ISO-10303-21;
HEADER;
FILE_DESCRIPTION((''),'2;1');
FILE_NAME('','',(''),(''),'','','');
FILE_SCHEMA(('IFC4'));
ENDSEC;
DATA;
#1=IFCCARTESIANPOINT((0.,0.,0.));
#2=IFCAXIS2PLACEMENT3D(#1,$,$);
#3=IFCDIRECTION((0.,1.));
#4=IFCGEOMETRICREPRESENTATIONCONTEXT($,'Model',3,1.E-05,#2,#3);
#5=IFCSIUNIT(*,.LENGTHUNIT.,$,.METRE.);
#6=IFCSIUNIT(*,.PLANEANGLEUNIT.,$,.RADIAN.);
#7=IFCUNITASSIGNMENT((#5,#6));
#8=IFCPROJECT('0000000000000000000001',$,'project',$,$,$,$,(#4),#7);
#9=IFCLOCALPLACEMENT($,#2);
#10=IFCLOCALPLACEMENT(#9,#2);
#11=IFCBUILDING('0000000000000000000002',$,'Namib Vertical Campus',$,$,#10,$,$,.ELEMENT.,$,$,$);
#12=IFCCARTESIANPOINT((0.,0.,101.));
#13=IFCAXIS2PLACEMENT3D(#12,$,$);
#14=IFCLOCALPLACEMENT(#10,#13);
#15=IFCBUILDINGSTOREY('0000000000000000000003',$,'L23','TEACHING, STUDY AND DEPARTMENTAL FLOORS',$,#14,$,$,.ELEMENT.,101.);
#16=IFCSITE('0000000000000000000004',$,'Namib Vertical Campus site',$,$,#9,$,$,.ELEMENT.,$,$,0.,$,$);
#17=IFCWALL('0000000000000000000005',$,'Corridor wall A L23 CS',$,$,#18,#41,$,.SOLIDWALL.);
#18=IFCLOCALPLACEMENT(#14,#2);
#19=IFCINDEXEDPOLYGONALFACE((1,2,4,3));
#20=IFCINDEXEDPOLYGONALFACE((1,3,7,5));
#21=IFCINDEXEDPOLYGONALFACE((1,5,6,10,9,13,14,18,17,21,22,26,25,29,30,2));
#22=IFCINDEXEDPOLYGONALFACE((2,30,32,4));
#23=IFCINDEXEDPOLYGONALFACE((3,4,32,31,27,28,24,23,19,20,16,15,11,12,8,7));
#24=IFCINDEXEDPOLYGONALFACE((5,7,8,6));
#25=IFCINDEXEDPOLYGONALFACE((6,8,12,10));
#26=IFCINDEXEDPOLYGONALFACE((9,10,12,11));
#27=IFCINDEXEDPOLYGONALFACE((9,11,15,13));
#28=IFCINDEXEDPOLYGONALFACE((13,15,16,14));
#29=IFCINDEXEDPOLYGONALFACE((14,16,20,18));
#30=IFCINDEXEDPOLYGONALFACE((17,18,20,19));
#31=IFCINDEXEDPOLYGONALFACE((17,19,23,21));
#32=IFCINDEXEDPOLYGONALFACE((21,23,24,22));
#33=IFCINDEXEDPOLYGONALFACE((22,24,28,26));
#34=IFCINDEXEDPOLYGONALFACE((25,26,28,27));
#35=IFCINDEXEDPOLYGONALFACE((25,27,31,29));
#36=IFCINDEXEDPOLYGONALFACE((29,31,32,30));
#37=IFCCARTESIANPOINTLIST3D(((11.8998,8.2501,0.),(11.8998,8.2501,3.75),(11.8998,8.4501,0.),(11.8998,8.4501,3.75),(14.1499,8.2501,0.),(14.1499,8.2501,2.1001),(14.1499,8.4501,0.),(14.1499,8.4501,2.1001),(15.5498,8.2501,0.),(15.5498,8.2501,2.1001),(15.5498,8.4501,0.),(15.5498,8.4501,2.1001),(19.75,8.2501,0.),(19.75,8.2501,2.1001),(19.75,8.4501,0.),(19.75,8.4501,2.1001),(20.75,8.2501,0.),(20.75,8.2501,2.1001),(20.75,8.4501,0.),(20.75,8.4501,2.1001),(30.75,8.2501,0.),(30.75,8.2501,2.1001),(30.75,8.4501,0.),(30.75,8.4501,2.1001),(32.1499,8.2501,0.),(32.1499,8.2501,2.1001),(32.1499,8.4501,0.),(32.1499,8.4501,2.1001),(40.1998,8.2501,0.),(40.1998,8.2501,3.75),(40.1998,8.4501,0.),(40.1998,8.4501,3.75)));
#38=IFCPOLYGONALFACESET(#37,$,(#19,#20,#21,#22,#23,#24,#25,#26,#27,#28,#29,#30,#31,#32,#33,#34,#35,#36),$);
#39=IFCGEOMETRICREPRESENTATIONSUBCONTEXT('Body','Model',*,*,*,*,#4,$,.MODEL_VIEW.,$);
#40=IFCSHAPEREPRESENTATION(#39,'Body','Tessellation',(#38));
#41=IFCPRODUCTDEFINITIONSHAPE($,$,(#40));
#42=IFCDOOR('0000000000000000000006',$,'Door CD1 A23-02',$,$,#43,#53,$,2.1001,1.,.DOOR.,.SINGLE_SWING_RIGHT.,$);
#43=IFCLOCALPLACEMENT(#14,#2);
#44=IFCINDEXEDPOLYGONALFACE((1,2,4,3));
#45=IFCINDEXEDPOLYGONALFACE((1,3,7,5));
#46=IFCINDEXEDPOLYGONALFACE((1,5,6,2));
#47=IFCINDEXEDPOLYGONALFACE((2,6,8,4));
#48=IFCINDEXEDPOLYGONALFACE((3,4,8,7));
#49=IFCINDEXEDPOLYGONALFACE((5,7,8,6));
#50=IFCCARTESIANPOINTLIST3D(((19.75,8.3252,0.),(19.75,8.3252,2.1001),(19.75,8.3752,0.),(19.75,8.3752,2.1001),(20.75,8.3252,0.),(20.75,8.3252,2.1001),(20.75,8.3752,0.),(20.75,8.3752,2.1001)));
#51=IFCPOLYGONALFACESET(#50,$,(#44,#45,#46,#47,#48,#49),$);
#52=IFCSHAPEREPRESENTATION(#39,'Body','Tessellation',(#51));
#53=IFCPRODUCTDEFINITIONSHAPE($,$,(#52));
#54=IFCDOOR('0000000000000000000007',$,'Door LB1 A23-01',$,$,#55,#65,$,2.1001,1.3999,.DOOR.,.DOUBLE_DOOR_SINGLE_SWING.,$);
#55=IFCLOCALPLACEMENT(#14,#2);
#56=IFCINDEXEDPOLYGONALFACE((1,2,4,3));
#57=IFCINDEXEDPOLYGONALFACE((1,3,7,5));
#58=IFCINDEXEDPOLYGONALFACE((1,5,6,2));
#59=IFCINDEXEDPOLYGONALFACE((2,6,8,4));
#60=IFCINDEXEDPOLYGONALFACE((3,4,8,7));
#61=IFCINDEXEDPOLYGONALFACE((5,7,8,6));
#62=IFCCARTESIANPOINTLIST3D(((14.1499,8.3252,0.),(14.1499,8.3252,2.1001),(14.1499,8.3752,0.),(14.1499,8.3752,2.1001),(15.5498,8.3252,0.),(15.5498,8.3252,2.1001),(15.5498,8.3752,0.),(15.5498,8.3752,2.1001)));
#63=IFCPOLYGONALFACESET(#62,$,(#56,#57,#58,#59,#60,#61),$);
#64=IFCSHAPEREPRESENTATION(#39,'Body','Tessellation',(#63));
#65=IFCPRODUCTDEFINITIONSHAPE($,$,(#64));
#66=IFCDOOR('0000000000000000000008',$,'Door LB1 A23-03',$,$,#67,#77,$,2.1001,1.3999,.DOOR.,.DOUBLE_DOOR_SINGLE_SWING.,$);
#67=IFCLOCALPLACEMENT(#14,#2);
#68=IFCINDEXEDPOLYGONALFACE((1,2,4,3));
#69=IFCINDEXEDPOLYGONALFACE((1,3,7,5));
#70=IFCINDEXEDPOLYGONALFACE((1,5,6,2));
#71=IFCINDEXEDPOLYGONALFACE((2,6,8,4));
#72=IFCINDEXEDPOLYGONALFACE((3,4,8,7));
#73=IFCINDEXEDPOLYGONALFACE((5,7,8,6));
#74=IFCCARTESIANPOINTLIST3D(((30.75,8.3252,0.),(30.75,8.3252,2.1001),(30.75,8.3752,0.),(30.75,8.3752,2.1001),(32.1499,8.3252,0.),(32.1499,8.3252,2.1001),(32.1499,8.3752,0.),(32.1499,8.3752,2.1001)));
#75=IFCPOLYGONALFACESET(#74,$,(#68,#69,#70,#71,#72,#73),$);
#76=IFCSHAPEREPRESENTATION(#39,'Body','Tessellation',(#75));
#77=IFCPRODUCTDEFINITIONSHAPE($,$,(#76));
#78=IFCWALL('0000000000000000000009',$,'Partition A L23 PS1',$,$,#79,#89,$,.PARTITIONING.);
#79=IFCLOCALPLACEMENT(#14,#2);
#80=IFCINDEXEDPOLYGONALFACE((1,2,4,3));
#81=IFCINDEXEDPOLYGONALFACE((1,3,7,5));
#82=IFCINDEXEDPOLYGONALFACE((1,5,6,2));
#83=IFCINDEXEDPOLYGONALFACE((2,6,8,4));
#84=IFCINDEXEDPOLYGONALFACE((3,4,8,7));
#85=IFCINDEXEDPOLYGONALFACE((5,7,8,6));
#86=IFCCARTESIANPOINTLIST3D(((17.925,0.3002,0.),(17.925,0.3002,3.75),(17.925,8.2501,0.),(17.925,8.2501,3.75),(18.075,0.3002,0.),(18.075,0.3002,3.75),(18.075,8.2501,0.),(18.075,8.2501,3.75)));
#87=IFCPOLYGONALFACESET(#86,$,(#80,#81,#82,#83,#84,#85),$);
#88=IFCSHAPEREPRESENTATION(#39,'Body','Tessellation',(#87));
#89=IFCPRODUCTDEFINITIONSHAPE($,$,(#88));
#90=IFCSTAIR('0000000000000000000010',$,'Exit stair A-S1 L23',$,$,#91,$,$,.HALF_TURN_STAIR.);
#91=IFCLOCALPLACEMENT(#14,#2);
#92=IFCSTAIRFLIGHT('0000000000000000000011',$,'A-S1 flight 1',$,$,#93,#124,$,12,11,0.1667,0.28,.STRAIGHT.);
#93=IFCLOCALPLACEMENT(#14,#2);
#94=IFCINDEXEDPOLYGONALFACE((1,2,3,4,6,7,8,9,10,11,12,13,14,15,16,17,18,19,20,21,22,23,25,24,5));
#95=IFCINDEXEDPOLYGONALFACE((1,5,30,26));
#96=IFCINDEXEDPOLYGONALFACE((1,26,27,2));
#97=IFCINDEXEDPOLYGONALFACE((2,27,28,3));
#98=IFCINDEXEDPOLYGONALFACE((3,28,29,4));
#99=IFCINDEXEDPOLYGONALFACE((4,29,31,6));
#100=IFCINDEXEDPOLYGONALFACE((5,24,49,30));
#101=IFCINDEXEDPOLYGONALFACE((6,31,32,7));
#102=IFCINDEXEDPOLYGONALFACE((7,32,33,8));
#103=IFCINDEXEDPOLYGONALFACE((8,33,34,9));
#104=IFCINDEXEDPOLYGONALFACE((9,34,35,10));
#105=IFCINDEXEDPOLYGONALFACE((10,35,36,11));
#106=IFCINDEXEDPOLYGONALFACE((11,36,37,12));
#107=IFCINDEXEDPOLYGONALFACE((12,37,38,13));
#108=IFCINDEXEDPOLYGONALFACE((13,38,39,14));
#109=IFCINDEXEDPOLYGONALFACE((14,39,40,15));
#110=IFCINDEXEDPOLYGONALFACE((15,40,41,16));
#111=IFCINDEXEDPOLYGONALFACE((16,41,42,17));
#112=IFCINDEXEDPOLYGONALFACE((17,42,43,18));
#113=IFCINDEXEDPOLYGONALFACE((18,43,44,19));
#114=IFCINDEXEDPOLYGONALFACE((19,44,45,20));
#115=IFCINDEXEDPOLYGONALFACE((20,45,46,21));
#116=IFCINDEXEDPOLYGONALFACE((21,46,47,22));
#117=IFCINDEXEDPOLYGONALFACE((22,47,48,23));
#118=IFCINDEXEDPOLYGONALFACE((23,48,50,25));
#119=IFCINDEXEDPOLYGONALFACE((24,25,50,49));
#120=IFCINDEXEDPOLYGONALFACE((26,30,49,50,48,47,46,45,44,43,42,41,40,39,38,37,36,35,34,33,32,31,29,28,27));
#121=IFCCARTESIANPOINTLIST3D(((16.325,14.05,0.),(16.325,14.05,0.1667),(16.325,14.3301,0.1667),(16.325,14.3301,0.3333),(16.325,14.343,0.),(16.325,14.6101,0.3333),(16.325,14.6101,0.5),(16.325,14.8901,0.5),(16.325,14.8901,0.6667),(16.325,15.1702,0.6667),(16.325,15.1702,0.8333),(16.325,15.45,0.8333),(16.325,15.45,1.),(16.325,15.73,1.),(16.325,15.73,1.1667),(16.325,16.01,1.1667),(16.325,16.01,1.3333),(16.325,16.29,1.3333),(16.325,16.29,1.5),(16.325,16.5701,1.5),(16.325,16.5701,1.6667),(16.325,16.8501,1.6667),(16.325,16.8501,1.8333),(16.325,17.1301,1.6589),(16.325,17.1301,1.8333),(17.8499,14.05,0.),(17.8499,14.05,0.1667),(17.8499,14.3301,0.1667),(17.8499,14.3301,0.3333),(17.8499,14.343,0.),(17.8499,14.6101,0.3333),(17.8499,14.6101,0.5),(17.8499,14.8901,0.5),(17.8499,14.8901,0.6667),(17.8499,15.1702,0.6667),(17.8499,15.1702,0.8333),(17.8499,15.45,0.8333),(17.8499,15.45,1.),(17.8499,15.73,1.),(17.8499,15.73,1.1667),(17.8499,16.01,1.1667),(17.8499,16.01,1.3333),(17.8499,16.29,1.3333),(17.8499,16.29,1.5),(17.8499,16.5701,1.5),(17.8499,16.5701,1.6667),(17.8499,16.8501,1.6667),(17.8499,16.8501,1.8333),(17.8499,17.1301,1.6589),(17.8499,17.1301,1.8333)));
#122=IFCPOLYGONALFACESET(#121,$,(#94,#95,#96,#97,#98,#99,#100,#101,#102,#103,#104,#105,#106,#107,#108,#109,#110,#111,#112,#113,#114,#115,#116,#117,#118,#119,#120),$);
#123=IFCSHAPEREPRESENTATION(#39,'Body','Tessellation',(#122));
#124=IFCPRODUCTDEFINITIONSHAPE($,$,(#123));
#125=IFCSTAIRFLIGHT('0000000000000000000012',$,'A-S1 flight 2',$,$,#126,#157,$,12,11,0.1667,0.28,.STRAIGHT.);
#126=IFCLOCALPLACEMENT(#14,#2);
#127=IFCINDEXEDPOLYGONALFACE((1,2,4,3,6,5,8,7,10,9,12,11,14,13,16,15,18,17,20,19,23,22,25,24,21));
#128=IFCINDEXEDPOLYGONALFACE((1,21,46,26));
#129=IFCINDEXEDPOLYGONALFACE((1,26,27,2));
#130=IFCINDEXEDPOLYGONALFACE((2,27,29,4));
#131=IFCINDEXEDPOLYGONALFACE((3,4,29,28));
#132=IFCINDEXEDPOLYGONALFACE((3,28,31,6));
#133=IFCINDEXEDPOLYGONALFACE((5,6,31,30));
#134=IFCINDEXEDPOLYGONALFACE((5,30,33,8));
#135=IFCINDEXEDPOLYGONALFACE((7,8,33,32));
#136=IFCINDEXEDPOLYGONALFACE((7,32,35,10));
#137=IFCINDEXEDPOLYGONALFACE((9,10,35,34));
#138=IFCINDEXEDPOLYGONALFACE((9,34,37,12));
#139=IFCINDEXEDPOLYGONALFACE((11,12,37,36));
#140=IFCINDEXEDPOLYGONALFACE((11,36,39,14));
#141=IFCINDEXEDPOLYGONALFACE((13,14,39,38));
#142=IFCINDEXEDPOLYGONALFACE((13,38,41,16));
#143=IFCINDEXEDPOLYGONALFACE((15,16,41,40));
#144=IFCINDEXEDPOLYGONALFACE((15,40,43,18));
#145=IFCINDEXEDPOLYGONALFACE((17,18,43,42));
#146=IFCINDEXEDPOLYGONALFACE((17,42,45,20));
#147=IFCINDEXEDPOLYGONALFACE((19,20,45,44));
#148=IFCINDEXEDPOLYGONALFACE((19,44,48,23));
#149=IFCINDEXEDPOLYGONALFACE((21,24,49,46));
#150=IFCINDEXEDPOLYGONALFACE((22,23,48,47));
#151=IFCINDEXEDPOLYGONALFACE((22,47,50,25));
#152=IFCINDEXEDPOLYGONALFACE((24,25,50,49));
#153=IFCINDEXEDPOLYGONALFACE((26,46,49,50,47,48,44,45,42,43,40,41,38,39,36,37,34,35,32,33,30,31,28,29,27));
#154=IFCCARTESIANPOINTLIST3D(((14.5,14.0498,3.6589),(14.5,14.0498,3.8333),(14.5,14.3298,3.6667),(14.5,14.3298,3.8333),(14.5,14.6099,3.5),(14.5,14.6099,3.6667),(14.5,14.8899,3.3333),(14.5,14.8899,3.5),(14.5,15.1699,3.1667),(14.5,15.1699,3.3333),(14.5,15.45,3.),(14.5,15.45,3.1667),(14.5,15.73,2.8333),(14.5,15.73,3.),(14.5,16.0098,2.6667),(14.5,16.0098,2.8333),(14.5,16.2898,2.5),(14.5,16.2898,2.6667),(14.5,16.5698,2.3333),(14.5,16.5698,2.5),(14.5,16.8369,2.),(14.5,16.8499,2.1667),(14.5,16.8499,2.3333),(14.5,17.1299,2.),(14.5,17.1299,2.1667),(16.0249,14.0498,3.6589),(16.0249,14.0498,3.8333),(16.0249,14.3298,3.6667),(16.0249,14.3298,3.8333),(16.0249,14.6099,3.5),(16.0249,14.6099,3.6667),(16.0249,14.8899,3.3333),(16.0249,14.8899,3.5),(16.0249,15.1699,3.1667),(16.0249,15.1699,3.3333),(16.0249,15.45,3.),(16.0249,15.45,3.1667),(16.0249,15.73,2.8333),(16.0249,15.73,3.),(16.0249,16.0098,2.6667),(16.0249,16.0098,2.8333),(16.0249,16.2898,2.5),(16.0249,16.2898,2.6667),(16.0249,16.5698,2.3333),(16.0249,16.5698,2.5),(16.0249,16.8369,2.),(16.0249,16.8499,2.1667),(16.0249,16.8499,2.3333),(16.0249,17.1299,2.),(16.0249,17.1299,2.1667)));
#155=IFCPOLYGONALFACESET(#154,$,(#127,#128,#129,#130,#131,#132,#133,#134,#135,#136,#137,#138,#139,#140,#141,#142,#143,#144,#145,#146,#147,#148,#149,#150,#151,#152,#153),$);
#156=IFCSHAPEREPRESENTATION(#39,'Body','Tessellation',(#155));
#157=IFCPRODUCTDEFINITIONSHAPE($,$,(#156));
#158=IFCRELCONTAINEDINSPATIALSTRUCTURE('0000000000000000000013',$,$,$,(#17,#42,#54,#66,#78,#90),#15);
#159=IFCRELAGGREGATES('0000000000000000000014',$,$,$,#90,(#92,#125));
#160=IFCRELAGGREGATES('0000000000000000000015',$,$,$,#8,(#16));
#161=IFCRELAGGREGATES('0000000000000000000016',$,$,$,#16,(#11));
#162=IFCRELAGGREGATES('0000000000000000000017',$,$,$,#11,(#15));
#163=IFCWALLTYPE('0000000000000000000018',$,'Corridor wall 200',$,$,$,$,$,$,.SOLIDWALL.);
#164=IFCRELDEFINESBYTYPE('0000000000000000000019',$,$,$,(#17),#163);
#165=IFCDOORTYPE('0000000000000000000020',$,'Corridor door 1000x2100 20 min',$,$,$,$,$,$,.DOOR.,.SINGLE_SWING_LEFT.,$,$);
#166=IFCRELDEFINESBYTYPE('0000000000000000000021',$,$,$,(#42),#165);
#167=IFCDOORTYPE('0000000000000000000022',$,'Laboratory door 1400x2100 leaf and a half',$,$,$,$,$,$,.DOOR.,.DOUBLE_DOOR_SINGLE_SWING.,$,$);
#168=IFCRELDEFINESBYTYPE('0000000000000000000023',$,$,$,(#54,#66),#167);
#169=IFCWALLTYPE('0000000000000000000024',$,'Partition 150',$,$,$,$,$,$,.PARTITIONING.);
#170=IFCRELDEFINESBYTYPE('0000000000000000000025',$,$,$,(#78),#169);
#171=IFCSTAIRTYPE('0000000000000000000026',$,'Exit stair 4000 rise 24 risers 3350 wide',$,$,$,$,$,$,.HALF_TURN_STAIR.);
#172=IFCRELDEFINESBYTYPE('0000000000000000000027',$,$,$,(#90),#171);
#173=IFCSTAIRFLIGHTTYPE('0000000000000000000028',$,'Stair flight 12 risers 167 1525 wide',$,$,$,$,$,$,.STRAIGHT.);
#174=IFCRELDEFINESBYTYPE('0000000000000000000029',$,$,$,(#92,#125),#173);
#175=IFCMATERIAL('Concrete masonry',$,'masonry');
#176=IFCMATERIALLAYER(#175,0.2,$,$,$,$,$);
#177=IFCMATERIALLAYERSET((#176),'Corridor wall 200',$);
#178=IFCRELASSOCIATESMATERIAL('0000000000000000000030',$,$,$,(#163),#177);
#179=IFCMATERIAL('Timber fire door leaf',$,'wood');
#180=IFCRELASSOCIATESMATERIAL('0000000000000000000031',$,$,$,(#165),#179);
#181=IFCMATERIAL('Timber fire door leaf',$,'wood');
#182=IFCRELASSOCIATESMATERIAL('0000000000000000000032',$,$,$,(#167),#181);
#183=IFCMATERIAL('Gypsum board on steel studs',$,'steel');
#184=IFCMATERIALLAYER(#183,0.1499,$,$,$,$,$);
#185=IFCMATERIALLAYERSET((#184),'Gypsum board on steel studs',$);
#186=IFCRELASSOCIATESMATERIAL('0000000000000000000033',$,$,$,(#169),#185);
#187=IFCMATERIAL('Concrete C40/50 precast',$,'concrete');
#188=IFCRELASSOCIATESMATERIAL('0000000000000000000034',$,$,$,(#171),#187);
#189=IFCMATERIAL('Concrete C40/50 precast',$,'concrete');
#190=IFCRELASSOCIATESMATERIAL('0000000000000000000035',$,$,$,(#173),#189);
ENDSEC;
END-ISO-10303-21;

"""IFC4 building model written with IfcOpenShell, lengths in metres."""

from ifc_helpers import new_model, si_unit, direction, frame, frame_2d, origin, place, context, subcontext, project, spatial, polyline, rectangle, outline, extrude, material, layer, layer_set, type_object, element, fill, aggregate, save


model = new_model("IFC4")

# Units and contexts
model_context = context("Model", 3, precision=1e-05, world=origin(), true_north=direction((0.0, 1.0)))
body_context = subcontext(model_context, "Body", "Model", "MODEL_VIEW")
ifc_project = project(units=[si_unit("LENGTHUNIT", "METRE"), si_unit("PLANEANGLEUNIT", "RADIAN")], contexts=[model_context])

# Site, building, storey
site_placement = place(None, origin())
site = spatial("IfcSite", under=ifc_project, at=site_placement, Name="Namib Vertical Campus site", CompositionType="ELEMENT", RefElevation=0.0)
building_placement = place(site_placement, origin())
building = spatial("IfcBuilding", under=site, at=building_placement, Name="Namib Vertical Campus", CompositionType="ELEMENT")
storey_placement = place(building_placement, frame((0.0, 0.0, 101.0)))
storey = spatial("IfcBuildingStorey", under=building, at=storey_placement, Name="L23", Description="TEACHING, STUDY AND DEPARTMENTAL FLOORS", CompositionType="ELEMENT", Elevation=101.0)

# Wall, openings, doors
ifc_material_1 = material(Name="Concrete masonry", Category="masonry")
ifc_layer_1 = layer(ifc_material_1, 0.2)
ifc_layer_set_1 = layer_set([ifc_layer_1], Name="Corridor wall 200")
wall_type_1 = type_object("IfcWallType", Name="Corridor wall 200", PredefinedType="SOLIDWALL", material=ifc_layer_set_1)
wall_1_placement = place(storey_placement, frame((11.8999, 8.3501, 0.0), z_axis=(0.0, 0.0, 1.0), x_axis=(1.0, 0.0, 0.0)))
wall_1 = element("IfcWall", 1, at=wall_1_placement, inside=storey, type_object=wall_type_1, Name="Corridor wall A L23 CS", PredefinedType="SOLIDWALL", context=body_context, shape_type="SweptSolid", body=[
    extrude(rectangle(XDim=28.3, YDim=0.2, at=frame_2d((14.1499, 0.0))), origin(), (0.0, 0.0, 1.0), 3.75),
])
opening_1_placement = place(wall_1_placement, frame((2.25, 0.0, 0.0)))
opening_1 = element("IfcOpeningElement", 2, at=opening_1_placement, cuts=wall_1, PredefinedType="OPENING", context=body_context, shape_type="SweptSolid", body=[
    extrude(rectangle(XDim=1.3999, YDim=2.1001, at=frame_2d((0.7, 1.05))), frame((0.0, 0.1099, 0.0), z_axis=(0.0, -1.0, 0.0), x_axis=(1.0, 0.0, 0.0)), (0.0, 0.0, 1.0), 0.22),
])
opening_2_placement = place(wall_1_placement, frame((7.8501, 0.0, 0.0)))
opening_2 = element("IfcOpeningElement", 3, at=opening_2_placement, cuts=wall_1, PredefinedType="OPENING", context=body_context, shape_type="SweptSolid", body=[
    extrude(rectangle(XDim=1.0, YDim=2.1001, at=frame_2d((0.5, 1.05))), frame((0.0, 0.1099, 0.0), z_axis=(0.0, -1.0, 0.0), x_axis=(1.0, 0.0, 0.0)), (0.0, 0.0, 1.0), 0.22),
])
opening_3_placement = place(wall_1_placement, frame((18.8501, 0.0, 0.0)))
opening_3 = element("IfcOpeningElement", 4, at=opening_3_placement, cuts=wall_1, PredefinedType="OPENING", context=body_context, shape_type="SweptSolid", body=[
    extrude(rectangle(XDim=1.3999, YDim=2.1001, at=frame_2d((0.7, 1.05))), frame((0.0, 0.1099, 0.0), z_axis=(0.0, -1.0, 0.0), x_axis=(1.0, 0.0, 0.0)), (0.0, 0.0, 1.0), 0.22),
])
ifc_material_2 = material(Name="Timber fire door leaf", Category="wood")
door_type_1 = type_object("IfcDoorType", Name="Corridor door 1000x2100 20 min", OperationType="SINGLE_SWING_LEFT", PredefinedType="DOOR", material=ifc_material_2)
door_1_placement = place(opening_2_placement, frame((1.0, 0.0, 0.0), z_axis=(0.0, 0.0, 1.0), x_axis=(-1.0, 0.0, 0.0)))
door_1 = element("IfcDoor", 5, at=door_1_placement, inside=storey, type_object=door_type_1, Name="Door CD1 A23-02", OperationType="SINGLE_SWING_RIGHT", OverallHeight=2.1001, OverallWidth=1.0, PredefinedType="DOOR", context=body_context, shape_type="SweptSolid", body=[
    extrude(rectangle(XDim=1.0, YDim=2.1001, at=frame_2d((0.5, 1.05))), frame((0.0, 0.0249, 0.0), z_axis=(0.0, -1.0, 0.0), x_axis=(1.0, 0.0, 0.0)), (0.0, 0.0, 1.0), 0.05),
])
fill(opening_2, door_1)
ifc_material_3 = material(Name="Timber fire door leaf", Category="wood")
door_type_2 = type_object("IfcDoorType", Name="Laboratory door 1400x2100 leaf and a half", OperationType="DOUBLE_DOOR_SINGLE_SWING", PredefinedType="DOOR", material=ifc_material_3)
door_2_placement = place(opening_1_placement, frame((1.3999, 0.0, 0.0), z_axis=(0.0, 0.0, 1.0), x_axis=(-1.0, 0.0, 0.0)))
door_2 = element("IfcDoor", 6, at=door_2_placement, inside=storey, type_object=door_type_2, Name="Door LB1 A23-01", OperationType="DOUBLE_DOOR_SINGLE_SWING", OverallHeight=2.1001, OverallWidth=1.3999, PredefinedType="DOOR", context=body_context, shape_type="SweptSolid", body=[
    extrude(rectangle(XDim=1.3999, YDim=2.1001, at=frame_2d((0.7, 1.05))), frame((0.0, 0.0249, 0.0), z_axis=(0.0, -1.0, 0.0), x_axis=(1.0, 0.0, 0.0)), (0.0, 0.0, 1.0), 0.05),
])
fill(opening_1, door_2)
door_3_placement = place(opening_3_placement, frame((1.3999, 0.0, 0.0), z_axis=(0.0, 0.0, 1.0), x_axis=(-1.0, 0.0, 0.0)))
door_3 = element("IfcDoor", 7, at=door_3_placement, inside=storey, type_object=door_type_2, Name="Door LB1 A23-03", OperationType="DOUBLE_DOOR_SINGLE_SWING", OverallHeight=2.1001, OverallWidth=1.3999, PredefinedType="DOOR", context=body_context, shape_type="SweptSolid", body=[
    extrude(rectangle(XDim=1.3999, YDim=2.1001, at=frame_2d((0.7, 1.05))), frame((0.0, 0.0249, 0.0), z_axis=(0.0, -1.0, 0.0), x_axis=(1.0, 0.0, 0.0)), (0.0, 0.0, 1.0), 0.05),
])
fill(opening_3, door_3)

# Wall
ifc_material_4 = material(Name="Gypsum board on steel studs", Category="steel")
ifc_layer_2 = layer(ifc_material_4, 0.1499)
ifc_layer_set_2 = layer_set([ifc_layer_2], Name="Gypsum board on steel studs")
wall_type_2 = type_object("IfcWallType", Name="Partition 150", PredefinedType="PARTITIONING", material=ifc_layer_set_2)
wall_2_placement = place(storey_placement, frame((18.0, 0.3, 0.0), z_axis=(0.0, 0.0, 1.0), x_axis=(0.0, 1.0, 0.0)))
element("IfcWall", 8, at=wall_2_placement, inside=storey, type_object=wall_type_2, Name="Partition A L23 PS1", PredefinedType="PARTITIONING", context=body_context, shape_type="SweptSolid", body=[
    extrude(rectangle(XDim=7.95, YDim=0.1499, at=frame_2d((3.9751, 0.0))), origin(), (0.0, 0.0, 1.0), 3.75),
])

# Stair, stair flights
ifc_material_5 = material(Name="Concrete C40/50 precast", Category="concrete")
stair_type = type_object("IfcStairType", Name="Exit stair 4000 rise 24 risers 3350 wide", PredefinedType="HALF_TURN_STAIR", material=ifc_material_5)
stair_placement = place(storey_placement, origin())
stair = element("IfcStair", 9, at=stair_placement, inside=storey, type_object=stair_type, Name="Exit stair A-S1 L23", PredefinedType="HALF_TURN_STAIR")
ifc_material_6 = material(Name="Concrete C40/50 precast", Category="concrete")
stair_flight_type = type_object("IfcStairFlightType", Name="Stair flight 12 risers 167 1525 wide", PredefinedType="STRAIGHT", material=ifc_material_6)
stair_flight_1_placement = place(storey_placement, frame((17.0874, 14.05, 0.0), z_axis=(0.0, 0.0, 1.0), x_axis=(0.0, 1.0, 0.0)))
stair_flight_1 = element("IfcStairFlight", 10, at=stair_flight_1_placement, type_object=stair_flight_type, Name="A-S1 flight 1", NumberOfRisers=12, NumberOfTreads=11, PredefinedType="STRAIGHT", RiserHeight=0.1667, TreadLength=0.28, context=body_context, shape_type="SweptSolid", body=[
    extrude(outline(polyline([(0.0, 0.0), (0.0, 0.1667), (0.28, 0.1667), (0.28, 0.3333), (0.5601, 0.3333), (0.5601, 0.5), (0.8401, 0.5), (0.8401, 0.6667), (1.1201, 0.6667), (1.1201, 0.8333), (1.3999, 0.8333), (1.3999, 1.0), (1.6799, 1.0), (1.6799, 1.1667), (1.96, 1.1667), (1.96, 1.3333), (2.24, 1.3333), (2.24, 1.5), (2.52, 1.5), (2.52, 1.6667), (2.8, 1.6667), (2.8, 1.8333), (3.0801, 1.8333), (3.0801, 2.0), (3.0801, 1.6589), (0.293, 0.0), (0.0, 0.0)])), frame((0.0, 0.7625, 0.0), z_axis=(0.0, -1.0, 0.0), x_axis=(1.0, 0.0, 0.0)), (0.0, 0.0, 1.0), 1.5249),
])
stair_flight_2_placement = place(storey_placement, frame((15.2625, 17.1299, 2.0), z_axis=(0.0, 0.0, 1.0), x_axis=(0.0, -1.0, 0.0)))
stair_flight_2 = element("IfcStairFlight", 11, at=stair_flight_2_placement, type_object=stair_flight_type, Name="A-S1 flight 2", NumberOfRisers=12, NumberOfTreads=11, PredefinedType="STRAIGHT", RiserHeight=0.1667, TreadLength=0.28, context=body_context, shape_type="SweptSolid", body=[
    extrude(outline(polyline([(0.0, 0.0), (0.0, 0.1667), (0.28, 0.1667), (0.28, 0.3333), (0.5601, 0.3333), (0.5601, 0.5), (0.8401, 0.5), (0.8401, 0.6667), (1.1201, 0.6667), (1.1201, 0.8333), (1.3999, 0.8333), (1.3999, 1.0), (1.6799, 1.0), (1.6799, 1.1667), (1.96, 1.1667), (1.96, 1.3333), (2.24, 1.3333), (2.24, 1.5), (2.52, 1.5), (2.52, 1.6667), (2.8, 1.6667), (2.8, 1.8333), (3.0801, 1.8333), (3.0801, 2.0), (3.0801, 1.6589), (0.293, 0.0), (0.0, 0.0)])), frame((0.0, 0.7625, 0.0), z_axis=(0.0, -1.0, 0.0), x_axis=(1.0, 0.0, 0.0)), (0.0, 0.0, 1.0), 1.5249),
])
aggregate(stair, [stair_flight_1, stair_flight_2])

save(model, "model.ifc")
